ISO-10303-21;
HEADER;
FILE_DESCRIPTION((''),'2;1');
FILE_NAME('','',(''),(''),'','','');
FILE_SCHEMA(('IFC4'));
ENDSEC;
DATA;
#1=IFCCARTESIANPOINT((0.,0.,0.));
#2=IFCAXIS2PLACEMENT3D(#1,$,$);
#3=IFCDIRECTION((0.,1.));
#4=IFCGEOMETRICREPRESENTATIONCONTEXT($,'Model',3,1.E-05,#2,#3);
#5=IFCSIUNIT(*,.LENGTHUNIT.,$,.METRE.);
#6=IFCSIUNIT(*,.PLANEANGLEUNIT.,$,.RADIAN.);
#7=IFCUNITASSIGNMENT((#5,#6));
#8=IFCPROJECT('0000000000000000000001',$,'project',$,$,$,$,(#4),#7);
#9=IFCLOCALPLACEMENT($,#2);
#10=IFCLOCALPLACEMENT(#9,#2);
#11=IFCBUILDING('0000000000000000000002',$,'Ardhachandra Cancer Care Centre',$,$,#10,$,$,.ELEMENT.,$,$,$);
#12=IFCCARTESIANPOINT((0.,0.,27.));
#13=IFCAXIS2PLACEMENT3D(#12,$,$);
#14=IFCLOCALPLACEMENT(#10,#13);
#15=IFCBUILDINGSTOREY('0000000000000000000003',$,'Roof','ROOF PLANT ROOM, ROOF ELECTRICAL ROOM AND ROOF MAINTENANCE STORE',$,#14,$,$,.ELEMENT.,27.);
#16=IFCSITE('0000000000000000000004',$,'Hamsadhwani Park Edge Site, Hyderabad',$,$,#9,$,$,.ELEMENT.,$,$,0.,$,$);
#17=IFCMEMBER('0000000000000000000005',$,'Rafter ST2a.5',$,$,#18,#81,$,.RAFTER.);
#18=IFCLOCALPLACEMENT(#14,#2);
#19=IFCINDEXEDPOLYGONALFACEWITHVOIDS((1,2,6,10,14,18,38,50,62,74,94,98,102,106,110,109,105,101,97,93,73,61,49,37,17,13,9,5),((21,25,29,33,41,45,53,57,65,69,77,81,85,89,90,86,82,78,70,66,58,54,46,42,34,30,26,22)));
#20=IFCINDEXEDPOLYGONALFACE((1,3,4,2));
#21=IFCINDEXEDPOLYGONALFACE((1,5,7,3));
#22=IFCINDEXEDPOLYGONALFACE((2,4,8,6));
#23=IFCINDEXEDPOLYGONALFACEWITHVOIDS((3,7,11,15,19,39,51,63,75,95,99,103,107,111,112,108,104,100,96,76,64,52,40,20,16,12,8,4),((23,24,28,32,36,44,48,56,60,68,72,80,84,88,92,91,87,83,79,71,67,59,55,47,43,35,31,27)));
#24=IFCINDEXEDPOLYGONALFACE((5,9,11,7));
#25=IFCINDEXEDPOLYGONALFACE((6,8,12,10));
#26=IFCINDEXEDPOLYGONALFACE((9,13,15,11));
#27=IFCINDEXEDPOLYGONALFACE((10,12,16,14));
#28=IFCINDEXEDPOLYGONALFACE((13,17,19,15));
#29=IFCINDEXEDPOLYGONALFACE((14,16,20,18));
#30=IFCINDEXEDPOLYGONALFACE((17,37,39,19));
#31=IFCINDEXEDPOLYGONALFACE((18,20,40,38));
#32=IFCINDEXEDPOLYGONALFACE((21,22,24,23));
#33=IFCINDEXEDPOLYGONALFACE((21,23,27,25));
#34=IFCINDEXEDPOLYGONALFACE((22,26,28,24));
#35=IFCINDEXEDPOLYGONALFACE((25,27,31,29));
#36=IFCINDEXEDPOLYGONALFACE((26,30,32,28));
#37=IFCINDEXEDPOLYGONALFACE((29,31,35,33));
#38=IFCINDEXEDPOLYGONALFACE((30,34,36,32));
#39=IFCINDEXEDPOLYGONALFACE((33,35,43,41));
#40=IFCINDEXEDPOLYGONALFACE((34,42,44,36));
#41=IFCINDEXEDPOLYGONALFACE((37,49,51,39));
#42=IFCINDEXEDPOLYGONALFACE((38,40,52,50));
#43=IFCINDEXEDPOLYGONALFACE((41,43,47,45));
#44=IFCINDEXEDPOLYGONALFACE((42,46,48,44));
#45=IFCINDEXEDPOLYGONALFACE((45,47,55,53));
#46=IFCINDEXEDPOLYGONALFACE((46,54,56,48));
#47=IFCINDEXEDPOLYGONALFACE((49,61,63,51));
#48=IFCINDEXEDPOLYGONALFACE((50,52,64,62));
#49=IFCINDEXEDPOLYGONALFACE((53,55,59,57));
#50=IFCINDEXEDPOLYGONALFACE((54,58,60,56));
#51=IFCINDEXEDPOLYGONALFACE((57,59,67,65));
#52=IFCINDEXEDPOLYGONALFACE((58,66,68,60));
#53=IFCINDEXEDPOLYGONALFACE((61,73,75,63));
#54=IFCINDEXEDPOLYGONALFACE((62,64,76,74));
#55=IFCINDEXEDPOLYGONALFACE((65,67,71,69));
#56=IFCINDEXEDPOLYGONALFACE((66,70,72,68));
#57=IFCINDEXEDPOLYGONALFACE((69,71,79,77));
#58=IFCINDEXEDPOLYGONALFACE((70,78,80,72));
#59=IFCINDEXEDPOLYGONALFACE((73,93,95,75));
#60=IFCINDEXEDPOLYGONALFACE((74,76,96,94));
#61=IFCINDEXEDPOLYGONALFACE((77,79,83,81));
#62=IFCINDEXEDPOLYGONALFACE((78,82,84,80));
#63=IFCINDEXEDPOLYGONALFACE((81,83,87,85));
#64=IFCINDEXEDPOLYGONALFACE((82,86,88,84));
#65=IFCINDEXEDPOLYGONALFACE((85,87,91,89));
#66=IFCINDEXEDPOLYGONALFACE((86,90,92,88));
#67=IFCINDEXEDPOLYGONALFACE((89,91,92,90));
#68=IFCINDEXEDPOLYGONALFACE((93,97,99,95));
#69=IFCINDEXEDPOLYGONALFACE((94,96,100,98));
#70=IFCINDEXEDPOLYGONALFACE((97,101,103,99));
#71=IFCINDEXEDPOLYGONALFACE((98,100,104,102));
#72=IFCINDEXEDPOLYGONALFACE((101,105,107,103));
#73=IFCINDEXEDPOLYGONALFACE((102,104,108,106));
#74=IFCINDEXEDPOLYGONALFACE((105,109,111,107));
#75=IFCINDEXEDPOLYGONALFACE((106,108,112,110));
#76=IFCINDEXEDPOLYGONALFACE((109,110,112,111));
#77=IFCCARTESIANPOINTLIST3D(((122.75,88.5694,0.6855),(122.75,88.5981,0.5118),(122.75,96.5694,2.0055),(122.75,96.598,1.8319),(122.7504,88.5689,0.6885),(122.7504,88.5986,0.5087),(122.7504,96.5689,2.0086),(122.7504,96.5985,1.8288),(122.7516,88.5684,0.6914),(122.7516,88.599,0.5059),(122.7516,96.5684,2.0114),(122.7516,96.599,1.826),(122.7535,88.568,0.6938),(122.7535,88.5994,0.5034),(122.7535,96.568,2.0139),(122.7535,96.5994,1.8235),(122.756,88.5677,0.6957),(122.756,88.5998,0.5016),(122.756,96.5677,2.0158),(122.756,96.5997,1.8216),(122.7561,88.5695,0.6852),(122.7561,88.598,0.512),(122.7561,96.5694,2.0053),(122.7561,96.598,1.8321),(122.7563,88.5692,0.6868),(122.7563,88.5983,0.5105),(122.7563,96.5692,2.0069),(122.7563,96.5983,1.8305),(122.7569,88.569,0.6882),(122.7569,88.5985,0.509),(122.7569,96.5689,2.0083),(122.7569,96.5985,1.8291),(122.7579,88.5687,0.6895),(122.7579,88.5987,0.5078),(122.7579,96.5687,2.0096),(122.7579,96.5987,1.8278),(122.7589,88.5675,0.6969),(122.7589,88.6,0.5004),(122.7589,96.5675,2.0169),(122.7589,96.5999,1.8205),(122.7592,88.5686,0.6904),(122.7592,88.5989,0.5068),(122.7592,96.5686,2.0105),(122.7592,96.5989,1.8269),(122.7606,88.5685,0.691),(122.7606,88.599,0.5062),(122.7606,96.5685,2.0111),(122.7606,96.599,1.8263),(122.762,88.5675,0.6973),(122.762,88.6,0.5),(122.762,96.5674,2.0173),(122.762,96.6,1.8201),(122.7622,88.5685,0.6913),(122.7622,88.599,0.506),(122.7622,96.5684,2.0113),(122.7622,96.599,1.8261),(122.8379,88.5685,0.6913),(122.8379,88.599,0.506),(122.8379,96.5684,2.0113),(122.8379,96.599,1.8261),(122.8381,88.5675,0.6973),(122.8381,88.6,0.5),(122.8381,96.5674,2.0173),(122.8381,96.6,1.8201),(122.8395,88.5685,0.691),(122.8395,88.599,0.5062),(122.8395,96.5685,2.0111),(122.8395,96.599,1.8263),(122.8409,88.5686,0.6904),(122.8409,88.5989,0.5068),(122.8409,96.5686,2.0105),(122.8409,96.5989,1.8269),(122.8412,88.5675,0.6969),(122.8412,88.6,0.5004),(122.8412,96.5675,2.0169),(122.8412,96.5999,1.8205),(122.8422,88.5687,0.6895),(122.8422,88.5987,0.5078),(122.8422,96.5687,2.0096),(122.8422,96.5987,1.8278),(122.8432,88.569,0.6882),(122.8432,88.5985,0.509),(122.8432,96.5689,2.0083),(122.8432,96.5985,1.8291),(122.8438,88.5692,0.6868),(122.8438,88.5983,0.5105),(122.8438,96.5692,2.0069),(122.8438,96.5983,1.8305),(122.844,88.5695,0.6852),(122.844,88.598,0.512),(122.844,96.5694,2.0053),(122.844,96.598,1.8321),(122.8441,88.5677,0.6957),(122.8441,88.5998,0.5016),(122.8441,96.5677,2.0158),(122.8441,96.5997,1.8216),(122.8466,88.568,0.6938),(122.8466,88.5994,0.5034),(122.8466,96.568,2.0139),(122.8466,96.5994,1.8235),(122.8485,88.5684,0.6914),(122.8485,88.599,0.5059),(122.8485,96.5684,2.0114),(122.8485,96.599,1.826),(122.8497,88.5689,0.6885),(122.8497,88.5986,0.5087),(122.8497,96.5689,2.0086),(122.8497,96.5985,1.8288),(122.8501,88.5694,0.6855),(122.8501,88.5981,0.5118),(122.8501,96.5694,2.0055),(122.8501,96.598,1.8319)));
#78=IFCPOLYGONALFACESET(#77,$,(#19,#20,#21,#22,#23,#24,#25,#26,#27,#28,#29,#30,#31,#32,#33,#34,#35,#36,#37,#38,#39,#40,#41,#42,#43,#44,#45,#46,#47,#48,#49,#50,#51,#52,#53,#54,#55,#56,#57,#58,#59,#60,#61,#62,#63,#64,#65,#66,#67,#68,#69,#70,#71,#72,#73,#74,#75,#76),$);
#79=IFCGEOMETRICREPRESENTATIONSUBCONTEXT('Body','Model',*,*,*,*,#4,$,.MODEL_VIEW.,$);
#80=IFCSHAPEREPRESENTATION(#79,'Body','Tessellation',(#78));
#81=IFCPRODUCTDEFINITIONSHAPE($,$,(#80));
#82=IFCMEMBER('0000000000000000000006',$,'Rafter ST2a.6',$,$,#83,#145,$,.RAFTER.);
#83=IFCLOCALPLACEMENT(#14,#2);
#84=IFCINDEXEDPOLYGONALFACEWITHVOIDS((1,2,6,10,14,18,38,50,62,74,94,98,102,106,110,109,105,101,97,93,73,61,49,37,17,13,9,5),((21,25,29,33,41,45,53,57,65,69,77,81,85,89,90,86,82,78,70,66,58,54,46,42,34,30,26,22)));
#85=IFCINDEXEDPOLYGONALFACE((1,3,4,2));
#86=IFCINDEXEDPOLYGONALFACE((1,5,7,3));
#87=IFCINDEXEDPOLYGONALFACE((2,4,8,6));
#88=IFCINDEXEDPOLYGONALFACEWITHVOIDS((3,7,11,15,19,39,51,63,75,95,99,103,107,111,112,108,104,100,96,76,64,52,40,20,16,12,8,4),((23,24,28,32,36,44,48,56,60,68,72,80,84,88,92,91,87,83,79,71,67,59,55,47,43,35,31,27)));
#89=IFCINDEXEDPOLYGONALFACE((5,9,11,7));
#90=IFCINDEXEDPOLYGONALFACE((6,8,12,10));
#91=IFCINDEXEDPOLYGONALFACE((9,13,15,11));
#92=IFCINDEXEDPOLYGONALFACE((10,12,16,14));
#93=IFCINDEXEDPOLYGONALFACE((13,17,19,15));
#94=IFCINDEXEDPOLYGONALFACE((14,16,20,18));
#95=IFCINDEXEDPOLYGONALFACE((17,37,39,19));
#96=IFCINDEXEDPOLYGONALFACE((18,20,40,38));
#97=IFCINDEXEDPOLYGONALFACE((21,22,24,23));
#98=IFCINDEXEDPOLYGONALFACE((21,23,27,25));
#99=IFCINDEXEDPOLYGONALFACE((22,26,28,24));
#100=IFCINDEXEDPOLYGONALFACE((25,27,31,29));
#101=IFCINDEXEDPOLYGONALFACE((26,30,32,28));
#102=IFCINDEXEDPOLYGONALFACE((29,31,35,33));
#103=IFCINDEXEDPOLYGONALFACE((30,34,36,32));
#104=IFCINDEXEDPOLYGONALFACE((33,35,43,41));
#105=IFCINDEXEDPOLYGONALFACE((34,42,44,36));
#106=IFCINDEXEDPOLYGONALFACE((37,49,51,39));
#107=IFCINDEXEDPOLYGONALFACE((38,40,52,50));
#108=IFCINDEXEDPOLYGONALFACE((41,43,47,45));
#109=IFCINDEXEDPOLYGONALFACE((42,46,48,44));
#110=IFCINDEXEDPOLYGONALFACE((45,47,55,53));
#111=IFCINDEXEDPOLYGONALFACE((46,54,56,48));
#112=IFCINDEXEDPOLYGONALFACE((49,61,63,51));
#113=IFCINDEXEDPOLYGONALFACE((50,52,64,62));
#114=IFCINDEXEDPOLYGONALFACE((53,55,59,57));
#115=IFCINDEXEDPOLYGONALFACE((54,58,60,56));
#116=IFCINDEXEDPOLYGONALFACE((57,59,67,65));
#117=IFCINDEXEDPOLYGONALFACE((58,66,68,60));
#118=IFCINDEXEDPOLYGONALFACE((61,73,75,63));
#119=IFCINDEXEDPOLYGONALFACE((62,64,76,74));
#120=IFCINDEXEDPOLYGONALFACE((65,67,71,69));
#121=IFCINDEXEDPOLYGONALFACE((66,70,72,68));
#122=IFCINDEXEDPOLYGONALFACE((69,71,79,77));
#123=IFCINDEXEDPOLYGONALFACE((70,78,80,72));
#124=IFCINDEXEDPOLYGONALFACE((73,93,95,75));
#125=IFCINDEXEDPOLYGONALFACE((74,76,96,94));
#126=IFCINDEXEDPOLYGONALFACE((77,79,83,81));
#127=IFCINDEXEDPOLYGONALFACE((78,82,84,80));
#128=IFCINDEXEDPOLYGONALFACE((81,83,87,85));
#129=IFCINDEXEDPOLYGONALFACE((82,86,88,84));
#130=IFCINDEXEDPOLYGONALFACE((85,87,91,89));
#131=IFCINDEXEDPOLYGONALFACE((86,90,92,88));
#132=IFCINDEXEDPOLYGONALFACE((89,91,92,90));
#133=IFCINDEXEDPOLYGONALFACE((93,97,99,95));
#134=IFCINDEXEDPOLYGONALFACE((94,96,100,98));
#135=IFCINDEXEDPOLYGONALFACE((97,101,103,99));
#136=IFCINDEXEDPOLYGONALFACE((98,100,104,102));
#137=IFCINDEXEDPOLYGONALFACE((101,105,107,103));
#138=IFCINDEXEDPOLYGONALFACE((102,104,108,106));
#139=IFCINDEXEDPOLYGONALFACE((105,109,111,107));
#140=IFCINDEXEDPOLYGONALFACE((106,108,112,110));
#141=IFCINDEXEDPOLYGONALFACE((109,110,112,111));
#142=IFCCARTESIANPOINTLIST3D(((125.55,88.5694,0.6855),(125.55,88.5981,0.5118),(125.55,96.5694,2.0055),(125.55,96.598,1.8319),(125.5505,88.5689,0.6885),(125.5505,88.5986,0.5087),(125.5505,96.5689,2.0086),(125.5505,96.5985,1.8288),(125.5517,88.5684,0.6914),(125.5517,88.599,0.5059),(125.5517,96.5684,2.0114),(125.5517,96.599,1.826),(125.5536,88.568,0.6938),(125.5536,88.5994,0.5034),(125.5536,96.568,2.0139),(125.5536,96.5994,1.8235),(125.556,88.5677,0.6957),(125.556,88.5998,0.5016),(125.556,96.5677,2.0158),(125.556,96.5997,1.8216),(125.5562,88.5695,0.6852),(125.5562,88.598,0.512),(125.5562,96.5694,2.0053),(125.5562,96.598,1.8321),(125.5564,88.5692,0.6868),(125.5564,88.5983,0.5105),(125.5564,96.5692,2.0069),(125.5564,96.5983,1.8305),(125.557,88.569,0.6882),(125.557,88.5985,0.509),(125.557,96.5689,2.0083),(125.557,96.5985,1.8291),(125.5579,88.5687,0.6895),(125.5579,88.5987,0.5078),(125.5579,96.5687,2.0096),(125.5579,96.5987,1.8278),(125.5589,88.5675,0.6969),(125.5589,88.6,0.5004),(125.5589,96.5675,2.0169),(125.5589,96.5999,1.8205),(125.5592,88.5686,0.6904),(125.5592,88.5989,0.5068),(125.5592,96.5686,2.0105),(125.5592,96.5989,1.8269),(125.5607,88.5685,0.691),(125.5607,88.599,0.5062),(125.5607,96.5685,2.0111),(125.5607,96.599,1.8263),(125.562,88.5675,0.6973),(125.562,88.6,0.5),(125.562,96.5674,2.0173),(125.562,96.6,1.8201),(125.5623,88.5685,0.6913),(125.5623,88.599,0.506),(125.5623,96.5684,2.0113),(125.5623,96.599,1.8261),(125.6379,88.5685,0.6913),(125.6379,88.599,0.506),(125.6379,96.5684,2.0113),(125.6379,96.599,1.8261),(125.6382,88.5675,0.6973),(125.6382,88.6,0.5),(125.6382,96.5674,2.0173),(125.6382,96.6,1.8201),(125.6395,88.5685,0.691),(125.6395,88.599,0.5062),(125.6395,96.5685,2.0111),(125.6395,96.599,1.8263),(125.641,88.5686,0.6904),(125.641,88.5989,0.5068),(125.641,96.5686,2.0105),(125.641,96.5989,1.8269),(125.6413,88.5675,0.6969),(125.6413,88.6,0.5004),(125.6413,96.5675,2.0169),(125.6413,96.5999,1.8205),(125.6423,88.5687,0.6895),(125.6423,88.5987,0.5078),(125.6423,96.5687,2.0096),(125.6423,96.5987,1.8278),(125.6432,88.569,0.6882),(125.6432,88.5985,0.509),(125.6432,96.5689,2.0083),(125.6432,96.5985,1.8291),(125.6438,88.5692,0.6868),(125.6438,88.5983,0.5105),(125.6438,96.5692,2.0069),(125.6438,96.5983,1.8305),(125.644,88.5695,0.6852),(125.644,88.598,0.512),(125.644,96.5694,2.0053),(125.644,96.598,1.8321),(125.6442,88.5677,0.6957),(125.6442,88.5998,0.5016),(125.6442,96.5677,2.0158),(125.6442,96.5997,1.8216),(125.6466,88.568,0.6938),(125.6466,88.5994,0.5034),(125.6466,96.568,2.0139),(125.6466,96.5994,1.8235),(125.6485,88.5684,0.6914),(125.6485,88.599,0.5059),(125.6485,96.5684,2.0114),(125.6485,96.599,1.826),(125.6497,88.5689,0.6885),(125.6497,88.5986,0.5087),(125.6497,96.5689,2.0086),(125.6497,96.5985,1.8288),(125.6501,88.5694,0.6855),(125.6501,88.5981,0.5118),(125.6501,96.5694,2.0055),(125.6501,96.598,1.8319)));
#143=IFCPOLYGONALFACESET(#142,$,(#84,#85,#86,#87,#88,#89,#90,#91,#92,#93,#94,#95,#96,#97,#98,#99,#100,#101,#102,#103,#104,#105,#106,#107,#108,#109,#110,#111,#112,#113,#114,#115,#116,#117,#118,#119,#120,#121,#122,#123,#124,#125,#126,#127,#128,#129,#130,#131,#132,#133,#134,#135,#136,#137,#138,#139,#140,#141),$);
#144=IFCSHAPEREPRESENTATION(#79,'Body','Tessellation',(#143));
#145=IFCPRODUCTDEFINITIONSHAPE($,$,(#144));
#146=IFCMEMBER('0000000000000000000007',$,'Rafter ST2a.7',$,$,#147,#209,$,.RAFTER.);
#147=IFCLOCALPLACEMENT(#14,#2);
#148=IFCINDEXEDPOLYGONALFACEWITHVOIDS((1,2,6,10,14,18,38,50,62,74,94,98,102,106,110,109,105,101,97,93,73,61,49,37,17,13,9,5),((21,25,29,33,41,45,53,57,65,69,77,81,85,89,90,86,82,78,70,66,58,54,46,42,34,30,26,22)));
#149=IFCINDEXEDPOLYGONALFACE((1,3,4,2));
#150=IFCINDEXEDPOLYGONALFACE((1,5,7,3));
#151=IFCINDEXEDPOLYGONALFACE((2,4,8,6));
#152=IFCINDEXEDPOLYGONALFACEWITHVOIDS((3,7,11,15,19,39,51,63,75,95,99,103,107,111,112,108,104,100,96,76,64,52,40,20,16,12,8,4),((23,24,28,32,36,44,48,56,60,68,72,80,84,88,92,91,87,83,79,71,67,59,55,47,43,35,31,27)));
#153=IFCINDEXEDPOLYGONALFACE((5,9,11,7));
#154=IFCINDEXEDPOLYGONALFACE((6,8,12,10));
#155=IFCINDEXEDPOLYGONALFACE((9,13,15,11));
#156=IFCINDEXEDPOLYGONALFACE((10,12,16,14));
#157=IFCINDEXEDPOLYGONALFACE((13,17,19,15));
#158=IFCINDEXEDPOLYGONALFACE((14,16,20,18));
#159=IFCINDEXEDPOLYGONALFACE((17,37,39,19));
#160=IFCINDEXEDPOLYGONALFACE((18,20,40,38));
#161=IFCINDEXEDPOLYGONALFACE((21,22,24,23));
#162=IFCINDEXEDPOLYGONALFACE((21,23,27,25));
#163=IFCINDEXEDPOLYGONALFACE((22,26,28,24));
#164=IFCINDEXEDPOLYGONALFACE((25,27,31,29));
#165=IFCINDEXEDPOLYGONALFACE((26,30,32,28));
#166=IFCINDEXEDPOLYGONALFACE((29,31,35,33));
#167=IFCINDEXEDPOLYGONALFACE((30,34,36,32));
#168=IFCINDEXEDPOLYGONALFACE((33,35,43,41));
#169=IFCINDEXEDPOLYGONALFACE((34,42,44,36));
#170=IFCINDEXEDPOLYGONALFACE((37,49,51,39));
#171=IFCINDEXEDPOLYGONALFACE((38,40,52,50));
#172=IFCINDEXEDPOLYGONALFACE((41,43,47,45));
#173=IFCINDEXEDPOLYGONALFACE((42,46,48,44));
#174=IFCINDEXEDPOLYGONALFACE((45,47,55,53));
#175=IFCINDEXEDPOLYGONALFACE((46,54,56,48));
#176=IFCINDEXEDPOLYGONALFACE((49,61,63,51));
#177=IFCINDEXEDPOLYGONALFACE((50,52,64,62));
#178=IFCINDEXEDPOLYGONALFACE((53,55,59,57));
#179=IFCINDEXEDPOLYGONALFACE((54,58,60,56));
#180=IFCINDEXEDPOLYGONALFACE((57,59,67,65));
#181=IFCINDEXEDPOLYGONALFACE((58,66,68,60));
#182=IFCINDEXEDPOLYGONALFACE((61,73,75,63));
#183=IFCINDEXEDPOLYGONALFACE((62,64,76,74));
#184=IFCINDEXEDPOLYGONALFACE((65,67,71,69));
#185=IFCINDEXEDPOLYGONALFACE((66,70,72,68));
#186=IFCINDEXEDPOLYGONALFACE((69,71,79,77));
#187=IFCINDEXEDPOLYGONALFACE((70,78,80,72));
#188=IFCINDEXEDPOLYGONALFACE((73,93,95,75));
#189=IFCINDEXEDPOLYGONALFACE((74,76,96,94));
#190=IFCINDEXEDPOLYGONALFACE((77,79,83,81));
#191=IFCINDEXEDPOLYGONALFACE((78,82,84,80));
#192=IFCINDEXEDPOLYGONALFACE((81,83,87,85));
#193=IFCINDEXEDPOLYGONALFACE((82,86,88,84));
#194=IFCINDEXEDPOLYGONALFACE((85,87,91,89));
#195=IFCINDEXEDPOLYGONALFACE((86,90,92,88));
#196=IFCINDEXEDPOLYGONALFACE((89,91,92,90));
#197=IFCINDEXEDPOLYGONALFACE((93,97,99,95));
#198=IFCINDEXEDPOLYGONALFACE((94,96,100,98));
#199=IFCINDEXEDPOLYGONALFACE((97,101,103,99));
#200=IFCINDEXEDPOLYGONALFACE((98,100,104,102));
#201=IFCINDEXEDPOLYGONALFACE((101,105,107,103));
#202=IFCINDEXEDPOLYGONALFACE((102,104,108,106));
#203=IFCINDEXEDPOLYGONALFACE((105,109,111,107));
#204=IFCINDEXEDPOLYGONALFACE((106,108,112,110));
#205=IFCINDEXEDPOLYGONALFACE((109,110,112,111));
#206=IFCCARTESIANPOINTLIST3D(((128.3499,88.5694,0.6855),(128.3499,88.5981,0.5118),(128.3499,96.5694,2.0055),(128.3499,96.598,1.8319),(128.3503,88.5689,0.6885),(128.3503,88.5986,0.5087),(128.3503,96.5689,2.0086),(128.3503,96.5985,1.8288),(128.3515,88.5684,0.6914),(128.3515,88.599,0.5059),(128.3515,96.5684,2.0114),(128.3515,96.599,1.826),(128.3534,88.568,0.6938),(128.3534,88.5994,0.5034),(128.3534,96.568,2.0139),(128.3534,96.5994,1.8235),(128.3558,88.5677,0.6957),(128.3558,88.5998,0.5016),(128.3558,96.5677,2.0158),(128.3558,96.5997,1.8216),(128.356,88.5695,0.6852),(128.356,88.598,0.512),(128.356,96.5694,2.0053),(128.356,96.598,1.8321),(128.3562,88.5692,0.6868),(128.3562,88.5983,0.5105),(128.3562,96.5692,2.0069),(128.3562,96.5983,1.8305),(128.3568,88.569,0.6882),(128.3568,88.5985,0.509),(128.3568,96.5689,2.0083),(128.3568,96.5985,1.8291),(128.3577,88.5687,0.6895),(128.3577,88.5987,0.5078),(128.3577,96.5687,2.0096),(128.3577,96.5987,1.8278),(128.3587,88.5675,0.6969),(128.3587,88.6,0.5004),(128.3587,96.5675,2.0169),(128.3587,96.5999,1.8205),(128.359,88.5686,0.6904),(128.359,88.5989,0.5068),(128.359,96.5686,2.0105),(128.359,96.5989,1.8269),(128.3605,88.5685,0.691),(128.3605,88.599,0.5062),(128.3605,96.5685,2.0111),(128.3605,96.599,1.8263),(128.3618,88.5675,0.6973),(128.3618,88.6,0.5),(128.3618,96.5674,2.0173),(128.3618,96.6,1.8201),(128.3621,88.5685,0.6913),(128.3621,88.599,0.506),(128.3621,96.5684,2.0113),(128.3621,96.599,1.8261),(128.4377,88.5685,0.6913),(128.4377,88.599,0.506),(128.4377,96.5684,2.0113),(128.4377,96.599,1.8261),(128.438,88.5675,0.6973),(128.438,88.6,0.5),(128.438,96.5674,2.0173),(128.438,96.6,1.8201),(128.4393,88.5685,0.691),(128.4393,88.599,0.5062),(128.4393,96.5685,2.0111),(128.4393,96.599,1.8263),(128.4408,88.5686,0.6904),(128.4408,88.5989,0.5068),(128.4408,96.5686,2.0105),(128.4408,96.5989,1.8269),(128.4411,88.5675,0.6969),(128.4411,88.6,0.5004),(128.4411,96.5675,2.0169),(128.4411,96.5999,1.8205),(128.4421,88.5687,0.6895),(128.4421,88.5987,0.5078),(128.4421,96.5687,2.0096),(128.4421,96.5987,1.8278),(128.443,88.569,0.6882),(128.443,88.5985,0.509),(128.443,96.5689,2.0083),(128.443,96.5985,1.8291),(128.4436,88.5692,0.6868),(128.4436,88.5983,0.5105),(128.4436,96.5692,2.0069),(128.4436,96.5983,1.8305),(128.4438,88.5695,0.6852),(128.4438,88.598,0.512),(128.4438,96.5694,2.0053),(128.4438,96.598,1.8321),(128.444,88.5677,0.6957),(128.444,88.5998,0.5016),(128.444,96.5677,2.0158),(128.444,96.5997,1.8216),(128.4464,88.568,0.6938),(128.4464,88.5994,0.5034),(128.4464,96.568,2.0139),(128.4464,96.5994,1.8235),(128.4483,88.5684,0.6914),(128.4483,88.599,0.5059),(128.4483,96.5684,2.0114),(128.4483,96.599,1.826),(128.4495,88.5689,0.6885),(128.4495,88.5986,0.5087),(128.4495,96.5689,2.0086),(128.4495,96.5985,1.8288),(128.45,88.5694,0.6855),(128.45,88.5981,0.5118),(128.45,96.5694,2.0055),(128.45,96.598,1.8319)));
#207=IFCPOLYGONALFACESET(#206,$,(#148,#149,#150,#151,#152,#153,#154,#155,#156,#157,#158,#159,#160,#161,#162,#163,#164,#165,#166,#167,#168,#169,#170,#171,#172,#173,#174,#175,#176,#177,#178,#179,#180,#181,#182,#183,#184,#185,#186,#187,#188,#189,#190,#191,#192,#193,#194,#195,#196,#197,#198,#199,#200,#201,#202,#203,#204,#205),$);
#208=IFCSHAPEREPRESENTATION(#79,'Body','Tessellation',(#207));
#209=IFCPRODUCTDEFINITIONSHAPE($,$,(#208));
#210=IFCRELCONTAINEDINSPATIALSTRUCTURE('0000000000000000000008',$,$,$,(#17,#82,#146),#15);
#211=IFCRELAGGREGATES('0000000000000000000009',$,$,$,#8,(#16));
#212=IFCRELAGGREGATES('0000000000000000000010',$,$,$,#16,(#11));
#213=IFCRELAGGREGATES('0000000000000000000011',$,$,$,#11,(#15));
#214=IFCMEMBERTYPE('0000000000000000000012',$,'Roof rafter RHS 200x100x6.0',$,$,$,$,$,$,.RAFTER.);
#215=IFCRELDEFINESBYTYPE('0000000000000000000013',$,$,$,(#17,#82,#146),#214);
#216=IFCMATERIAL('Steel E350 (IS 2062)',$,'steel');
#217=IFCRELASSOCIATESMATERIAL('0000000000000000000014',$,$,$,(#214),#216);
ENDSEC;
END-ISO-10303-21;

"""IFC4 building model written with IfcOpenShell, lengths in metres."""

from ifc_helpers import new_model, si_unit, direction, frame, origin, origin_2d, place, context, subcontext, project, spatial, hollow_rectangle, extrude, material, material_profile, profile_set, type_object, element, save


model = new_model("IFC4")

# Units and contexts
model_context = context("Model", 3, precision=1e-05, world=origin(), true_north=direction((0.0, 1.0)))
body_context = subcontext(model_context, "Body", "Model", "MODEL_VIEW")
ifc_project = project(units=[si_unit("LENGTHUNIT", "METRE"), si_unit("PLANEANGLEUNIT", "RADIAN")], contexts=[model_context])

# Site, building, storey
site_placement = place(None, origin())
site = spatial("IfcSite", under=ifc_project, at=site_placement, Name="Hamsadhwani Park Edge Site, Hyderabad", CompositionType="ELEMENT", RefElevation=0.0)
building_placement = place(site_placement, origin())
building = spatial("IfcBuilding", under=site, at=building_placement, Name="Ardhachandra Cancer Care Centre", CompositionType="ELEMENT")
storey_placement = place(building_placement, frame((0.0, 0.0, 27.0)))
storey = spatial("IfcBuildingStorey", under=building, at=storey_placement, Name="Roof", Description="ROOF PLANT ROOM, ROOF ELECTRICAL ROOM AND ROOF MAINTENANCE STORE", CompositionType="ELEMENT", Elevation=27.0)

# Members
ifc_material_1 = material(Name="Steel E350 (IS 2062)", Category="steel")
ifc_material_profile_1 = material_profile(ifc_material_1, hollow_rectangle(XDim=0.1001, YDim=0.2, WallThickness=0.0061, InnerFilletRadius=0.0061, OuterFilletRadius=0.012, at=origin_2d()), Name="RHS 200x100x6.0")
ifc_profile_set_1 = profile_set([ifc_material_profile_1], Name="Steel E350 (IS 2062)")
member_type_1 = type_object("IfcMemberType", Name="Roof rafter RHS 200x100x6.0", PredefinedType="RAFTER", material=ifc_profile_set_1)
for number, where, z_axis, x_axis, name in (
    (1, (122.8, 88.5837, 0.5986), (0.0, 0.986658, 0.162807), (-1.0, 0.0, 0.0), "Rafter ST2a.5"),
    (2, (125.6001, 88.5837, 0.5986), (0.0, 0.986658, 0.162807), (-1.0, 0.0, 0.0), "Rafter ST2a.6"),
    (3, (128.3999, 88.5837, 0.5986), (0.0, 0.986658, 0.162807), (-1.0, 0.0, 0.0), "Rafter ST2a.7"),
):
    element("IfcMember", number, at=place(storey_placement, frame(where, z_axis=z_axis, x_axis=x_axis)), inside=storey, type_object=member_type_1, Name=name, PredefinedType="RAFTER", context=body_context, shape_type="SweptSolid", body=[
        extrude(hollow_rectangle(XDim=0.1001, YDim=0.2, WallThickness=0.0061, InnerFilletRadius=0.0061, OuterFilletRadius=0.012, at=origin_2d()), origin(), (0.0, 0.0, 1.0), 8.1082),
    ])

save(model, "model.ifc")
